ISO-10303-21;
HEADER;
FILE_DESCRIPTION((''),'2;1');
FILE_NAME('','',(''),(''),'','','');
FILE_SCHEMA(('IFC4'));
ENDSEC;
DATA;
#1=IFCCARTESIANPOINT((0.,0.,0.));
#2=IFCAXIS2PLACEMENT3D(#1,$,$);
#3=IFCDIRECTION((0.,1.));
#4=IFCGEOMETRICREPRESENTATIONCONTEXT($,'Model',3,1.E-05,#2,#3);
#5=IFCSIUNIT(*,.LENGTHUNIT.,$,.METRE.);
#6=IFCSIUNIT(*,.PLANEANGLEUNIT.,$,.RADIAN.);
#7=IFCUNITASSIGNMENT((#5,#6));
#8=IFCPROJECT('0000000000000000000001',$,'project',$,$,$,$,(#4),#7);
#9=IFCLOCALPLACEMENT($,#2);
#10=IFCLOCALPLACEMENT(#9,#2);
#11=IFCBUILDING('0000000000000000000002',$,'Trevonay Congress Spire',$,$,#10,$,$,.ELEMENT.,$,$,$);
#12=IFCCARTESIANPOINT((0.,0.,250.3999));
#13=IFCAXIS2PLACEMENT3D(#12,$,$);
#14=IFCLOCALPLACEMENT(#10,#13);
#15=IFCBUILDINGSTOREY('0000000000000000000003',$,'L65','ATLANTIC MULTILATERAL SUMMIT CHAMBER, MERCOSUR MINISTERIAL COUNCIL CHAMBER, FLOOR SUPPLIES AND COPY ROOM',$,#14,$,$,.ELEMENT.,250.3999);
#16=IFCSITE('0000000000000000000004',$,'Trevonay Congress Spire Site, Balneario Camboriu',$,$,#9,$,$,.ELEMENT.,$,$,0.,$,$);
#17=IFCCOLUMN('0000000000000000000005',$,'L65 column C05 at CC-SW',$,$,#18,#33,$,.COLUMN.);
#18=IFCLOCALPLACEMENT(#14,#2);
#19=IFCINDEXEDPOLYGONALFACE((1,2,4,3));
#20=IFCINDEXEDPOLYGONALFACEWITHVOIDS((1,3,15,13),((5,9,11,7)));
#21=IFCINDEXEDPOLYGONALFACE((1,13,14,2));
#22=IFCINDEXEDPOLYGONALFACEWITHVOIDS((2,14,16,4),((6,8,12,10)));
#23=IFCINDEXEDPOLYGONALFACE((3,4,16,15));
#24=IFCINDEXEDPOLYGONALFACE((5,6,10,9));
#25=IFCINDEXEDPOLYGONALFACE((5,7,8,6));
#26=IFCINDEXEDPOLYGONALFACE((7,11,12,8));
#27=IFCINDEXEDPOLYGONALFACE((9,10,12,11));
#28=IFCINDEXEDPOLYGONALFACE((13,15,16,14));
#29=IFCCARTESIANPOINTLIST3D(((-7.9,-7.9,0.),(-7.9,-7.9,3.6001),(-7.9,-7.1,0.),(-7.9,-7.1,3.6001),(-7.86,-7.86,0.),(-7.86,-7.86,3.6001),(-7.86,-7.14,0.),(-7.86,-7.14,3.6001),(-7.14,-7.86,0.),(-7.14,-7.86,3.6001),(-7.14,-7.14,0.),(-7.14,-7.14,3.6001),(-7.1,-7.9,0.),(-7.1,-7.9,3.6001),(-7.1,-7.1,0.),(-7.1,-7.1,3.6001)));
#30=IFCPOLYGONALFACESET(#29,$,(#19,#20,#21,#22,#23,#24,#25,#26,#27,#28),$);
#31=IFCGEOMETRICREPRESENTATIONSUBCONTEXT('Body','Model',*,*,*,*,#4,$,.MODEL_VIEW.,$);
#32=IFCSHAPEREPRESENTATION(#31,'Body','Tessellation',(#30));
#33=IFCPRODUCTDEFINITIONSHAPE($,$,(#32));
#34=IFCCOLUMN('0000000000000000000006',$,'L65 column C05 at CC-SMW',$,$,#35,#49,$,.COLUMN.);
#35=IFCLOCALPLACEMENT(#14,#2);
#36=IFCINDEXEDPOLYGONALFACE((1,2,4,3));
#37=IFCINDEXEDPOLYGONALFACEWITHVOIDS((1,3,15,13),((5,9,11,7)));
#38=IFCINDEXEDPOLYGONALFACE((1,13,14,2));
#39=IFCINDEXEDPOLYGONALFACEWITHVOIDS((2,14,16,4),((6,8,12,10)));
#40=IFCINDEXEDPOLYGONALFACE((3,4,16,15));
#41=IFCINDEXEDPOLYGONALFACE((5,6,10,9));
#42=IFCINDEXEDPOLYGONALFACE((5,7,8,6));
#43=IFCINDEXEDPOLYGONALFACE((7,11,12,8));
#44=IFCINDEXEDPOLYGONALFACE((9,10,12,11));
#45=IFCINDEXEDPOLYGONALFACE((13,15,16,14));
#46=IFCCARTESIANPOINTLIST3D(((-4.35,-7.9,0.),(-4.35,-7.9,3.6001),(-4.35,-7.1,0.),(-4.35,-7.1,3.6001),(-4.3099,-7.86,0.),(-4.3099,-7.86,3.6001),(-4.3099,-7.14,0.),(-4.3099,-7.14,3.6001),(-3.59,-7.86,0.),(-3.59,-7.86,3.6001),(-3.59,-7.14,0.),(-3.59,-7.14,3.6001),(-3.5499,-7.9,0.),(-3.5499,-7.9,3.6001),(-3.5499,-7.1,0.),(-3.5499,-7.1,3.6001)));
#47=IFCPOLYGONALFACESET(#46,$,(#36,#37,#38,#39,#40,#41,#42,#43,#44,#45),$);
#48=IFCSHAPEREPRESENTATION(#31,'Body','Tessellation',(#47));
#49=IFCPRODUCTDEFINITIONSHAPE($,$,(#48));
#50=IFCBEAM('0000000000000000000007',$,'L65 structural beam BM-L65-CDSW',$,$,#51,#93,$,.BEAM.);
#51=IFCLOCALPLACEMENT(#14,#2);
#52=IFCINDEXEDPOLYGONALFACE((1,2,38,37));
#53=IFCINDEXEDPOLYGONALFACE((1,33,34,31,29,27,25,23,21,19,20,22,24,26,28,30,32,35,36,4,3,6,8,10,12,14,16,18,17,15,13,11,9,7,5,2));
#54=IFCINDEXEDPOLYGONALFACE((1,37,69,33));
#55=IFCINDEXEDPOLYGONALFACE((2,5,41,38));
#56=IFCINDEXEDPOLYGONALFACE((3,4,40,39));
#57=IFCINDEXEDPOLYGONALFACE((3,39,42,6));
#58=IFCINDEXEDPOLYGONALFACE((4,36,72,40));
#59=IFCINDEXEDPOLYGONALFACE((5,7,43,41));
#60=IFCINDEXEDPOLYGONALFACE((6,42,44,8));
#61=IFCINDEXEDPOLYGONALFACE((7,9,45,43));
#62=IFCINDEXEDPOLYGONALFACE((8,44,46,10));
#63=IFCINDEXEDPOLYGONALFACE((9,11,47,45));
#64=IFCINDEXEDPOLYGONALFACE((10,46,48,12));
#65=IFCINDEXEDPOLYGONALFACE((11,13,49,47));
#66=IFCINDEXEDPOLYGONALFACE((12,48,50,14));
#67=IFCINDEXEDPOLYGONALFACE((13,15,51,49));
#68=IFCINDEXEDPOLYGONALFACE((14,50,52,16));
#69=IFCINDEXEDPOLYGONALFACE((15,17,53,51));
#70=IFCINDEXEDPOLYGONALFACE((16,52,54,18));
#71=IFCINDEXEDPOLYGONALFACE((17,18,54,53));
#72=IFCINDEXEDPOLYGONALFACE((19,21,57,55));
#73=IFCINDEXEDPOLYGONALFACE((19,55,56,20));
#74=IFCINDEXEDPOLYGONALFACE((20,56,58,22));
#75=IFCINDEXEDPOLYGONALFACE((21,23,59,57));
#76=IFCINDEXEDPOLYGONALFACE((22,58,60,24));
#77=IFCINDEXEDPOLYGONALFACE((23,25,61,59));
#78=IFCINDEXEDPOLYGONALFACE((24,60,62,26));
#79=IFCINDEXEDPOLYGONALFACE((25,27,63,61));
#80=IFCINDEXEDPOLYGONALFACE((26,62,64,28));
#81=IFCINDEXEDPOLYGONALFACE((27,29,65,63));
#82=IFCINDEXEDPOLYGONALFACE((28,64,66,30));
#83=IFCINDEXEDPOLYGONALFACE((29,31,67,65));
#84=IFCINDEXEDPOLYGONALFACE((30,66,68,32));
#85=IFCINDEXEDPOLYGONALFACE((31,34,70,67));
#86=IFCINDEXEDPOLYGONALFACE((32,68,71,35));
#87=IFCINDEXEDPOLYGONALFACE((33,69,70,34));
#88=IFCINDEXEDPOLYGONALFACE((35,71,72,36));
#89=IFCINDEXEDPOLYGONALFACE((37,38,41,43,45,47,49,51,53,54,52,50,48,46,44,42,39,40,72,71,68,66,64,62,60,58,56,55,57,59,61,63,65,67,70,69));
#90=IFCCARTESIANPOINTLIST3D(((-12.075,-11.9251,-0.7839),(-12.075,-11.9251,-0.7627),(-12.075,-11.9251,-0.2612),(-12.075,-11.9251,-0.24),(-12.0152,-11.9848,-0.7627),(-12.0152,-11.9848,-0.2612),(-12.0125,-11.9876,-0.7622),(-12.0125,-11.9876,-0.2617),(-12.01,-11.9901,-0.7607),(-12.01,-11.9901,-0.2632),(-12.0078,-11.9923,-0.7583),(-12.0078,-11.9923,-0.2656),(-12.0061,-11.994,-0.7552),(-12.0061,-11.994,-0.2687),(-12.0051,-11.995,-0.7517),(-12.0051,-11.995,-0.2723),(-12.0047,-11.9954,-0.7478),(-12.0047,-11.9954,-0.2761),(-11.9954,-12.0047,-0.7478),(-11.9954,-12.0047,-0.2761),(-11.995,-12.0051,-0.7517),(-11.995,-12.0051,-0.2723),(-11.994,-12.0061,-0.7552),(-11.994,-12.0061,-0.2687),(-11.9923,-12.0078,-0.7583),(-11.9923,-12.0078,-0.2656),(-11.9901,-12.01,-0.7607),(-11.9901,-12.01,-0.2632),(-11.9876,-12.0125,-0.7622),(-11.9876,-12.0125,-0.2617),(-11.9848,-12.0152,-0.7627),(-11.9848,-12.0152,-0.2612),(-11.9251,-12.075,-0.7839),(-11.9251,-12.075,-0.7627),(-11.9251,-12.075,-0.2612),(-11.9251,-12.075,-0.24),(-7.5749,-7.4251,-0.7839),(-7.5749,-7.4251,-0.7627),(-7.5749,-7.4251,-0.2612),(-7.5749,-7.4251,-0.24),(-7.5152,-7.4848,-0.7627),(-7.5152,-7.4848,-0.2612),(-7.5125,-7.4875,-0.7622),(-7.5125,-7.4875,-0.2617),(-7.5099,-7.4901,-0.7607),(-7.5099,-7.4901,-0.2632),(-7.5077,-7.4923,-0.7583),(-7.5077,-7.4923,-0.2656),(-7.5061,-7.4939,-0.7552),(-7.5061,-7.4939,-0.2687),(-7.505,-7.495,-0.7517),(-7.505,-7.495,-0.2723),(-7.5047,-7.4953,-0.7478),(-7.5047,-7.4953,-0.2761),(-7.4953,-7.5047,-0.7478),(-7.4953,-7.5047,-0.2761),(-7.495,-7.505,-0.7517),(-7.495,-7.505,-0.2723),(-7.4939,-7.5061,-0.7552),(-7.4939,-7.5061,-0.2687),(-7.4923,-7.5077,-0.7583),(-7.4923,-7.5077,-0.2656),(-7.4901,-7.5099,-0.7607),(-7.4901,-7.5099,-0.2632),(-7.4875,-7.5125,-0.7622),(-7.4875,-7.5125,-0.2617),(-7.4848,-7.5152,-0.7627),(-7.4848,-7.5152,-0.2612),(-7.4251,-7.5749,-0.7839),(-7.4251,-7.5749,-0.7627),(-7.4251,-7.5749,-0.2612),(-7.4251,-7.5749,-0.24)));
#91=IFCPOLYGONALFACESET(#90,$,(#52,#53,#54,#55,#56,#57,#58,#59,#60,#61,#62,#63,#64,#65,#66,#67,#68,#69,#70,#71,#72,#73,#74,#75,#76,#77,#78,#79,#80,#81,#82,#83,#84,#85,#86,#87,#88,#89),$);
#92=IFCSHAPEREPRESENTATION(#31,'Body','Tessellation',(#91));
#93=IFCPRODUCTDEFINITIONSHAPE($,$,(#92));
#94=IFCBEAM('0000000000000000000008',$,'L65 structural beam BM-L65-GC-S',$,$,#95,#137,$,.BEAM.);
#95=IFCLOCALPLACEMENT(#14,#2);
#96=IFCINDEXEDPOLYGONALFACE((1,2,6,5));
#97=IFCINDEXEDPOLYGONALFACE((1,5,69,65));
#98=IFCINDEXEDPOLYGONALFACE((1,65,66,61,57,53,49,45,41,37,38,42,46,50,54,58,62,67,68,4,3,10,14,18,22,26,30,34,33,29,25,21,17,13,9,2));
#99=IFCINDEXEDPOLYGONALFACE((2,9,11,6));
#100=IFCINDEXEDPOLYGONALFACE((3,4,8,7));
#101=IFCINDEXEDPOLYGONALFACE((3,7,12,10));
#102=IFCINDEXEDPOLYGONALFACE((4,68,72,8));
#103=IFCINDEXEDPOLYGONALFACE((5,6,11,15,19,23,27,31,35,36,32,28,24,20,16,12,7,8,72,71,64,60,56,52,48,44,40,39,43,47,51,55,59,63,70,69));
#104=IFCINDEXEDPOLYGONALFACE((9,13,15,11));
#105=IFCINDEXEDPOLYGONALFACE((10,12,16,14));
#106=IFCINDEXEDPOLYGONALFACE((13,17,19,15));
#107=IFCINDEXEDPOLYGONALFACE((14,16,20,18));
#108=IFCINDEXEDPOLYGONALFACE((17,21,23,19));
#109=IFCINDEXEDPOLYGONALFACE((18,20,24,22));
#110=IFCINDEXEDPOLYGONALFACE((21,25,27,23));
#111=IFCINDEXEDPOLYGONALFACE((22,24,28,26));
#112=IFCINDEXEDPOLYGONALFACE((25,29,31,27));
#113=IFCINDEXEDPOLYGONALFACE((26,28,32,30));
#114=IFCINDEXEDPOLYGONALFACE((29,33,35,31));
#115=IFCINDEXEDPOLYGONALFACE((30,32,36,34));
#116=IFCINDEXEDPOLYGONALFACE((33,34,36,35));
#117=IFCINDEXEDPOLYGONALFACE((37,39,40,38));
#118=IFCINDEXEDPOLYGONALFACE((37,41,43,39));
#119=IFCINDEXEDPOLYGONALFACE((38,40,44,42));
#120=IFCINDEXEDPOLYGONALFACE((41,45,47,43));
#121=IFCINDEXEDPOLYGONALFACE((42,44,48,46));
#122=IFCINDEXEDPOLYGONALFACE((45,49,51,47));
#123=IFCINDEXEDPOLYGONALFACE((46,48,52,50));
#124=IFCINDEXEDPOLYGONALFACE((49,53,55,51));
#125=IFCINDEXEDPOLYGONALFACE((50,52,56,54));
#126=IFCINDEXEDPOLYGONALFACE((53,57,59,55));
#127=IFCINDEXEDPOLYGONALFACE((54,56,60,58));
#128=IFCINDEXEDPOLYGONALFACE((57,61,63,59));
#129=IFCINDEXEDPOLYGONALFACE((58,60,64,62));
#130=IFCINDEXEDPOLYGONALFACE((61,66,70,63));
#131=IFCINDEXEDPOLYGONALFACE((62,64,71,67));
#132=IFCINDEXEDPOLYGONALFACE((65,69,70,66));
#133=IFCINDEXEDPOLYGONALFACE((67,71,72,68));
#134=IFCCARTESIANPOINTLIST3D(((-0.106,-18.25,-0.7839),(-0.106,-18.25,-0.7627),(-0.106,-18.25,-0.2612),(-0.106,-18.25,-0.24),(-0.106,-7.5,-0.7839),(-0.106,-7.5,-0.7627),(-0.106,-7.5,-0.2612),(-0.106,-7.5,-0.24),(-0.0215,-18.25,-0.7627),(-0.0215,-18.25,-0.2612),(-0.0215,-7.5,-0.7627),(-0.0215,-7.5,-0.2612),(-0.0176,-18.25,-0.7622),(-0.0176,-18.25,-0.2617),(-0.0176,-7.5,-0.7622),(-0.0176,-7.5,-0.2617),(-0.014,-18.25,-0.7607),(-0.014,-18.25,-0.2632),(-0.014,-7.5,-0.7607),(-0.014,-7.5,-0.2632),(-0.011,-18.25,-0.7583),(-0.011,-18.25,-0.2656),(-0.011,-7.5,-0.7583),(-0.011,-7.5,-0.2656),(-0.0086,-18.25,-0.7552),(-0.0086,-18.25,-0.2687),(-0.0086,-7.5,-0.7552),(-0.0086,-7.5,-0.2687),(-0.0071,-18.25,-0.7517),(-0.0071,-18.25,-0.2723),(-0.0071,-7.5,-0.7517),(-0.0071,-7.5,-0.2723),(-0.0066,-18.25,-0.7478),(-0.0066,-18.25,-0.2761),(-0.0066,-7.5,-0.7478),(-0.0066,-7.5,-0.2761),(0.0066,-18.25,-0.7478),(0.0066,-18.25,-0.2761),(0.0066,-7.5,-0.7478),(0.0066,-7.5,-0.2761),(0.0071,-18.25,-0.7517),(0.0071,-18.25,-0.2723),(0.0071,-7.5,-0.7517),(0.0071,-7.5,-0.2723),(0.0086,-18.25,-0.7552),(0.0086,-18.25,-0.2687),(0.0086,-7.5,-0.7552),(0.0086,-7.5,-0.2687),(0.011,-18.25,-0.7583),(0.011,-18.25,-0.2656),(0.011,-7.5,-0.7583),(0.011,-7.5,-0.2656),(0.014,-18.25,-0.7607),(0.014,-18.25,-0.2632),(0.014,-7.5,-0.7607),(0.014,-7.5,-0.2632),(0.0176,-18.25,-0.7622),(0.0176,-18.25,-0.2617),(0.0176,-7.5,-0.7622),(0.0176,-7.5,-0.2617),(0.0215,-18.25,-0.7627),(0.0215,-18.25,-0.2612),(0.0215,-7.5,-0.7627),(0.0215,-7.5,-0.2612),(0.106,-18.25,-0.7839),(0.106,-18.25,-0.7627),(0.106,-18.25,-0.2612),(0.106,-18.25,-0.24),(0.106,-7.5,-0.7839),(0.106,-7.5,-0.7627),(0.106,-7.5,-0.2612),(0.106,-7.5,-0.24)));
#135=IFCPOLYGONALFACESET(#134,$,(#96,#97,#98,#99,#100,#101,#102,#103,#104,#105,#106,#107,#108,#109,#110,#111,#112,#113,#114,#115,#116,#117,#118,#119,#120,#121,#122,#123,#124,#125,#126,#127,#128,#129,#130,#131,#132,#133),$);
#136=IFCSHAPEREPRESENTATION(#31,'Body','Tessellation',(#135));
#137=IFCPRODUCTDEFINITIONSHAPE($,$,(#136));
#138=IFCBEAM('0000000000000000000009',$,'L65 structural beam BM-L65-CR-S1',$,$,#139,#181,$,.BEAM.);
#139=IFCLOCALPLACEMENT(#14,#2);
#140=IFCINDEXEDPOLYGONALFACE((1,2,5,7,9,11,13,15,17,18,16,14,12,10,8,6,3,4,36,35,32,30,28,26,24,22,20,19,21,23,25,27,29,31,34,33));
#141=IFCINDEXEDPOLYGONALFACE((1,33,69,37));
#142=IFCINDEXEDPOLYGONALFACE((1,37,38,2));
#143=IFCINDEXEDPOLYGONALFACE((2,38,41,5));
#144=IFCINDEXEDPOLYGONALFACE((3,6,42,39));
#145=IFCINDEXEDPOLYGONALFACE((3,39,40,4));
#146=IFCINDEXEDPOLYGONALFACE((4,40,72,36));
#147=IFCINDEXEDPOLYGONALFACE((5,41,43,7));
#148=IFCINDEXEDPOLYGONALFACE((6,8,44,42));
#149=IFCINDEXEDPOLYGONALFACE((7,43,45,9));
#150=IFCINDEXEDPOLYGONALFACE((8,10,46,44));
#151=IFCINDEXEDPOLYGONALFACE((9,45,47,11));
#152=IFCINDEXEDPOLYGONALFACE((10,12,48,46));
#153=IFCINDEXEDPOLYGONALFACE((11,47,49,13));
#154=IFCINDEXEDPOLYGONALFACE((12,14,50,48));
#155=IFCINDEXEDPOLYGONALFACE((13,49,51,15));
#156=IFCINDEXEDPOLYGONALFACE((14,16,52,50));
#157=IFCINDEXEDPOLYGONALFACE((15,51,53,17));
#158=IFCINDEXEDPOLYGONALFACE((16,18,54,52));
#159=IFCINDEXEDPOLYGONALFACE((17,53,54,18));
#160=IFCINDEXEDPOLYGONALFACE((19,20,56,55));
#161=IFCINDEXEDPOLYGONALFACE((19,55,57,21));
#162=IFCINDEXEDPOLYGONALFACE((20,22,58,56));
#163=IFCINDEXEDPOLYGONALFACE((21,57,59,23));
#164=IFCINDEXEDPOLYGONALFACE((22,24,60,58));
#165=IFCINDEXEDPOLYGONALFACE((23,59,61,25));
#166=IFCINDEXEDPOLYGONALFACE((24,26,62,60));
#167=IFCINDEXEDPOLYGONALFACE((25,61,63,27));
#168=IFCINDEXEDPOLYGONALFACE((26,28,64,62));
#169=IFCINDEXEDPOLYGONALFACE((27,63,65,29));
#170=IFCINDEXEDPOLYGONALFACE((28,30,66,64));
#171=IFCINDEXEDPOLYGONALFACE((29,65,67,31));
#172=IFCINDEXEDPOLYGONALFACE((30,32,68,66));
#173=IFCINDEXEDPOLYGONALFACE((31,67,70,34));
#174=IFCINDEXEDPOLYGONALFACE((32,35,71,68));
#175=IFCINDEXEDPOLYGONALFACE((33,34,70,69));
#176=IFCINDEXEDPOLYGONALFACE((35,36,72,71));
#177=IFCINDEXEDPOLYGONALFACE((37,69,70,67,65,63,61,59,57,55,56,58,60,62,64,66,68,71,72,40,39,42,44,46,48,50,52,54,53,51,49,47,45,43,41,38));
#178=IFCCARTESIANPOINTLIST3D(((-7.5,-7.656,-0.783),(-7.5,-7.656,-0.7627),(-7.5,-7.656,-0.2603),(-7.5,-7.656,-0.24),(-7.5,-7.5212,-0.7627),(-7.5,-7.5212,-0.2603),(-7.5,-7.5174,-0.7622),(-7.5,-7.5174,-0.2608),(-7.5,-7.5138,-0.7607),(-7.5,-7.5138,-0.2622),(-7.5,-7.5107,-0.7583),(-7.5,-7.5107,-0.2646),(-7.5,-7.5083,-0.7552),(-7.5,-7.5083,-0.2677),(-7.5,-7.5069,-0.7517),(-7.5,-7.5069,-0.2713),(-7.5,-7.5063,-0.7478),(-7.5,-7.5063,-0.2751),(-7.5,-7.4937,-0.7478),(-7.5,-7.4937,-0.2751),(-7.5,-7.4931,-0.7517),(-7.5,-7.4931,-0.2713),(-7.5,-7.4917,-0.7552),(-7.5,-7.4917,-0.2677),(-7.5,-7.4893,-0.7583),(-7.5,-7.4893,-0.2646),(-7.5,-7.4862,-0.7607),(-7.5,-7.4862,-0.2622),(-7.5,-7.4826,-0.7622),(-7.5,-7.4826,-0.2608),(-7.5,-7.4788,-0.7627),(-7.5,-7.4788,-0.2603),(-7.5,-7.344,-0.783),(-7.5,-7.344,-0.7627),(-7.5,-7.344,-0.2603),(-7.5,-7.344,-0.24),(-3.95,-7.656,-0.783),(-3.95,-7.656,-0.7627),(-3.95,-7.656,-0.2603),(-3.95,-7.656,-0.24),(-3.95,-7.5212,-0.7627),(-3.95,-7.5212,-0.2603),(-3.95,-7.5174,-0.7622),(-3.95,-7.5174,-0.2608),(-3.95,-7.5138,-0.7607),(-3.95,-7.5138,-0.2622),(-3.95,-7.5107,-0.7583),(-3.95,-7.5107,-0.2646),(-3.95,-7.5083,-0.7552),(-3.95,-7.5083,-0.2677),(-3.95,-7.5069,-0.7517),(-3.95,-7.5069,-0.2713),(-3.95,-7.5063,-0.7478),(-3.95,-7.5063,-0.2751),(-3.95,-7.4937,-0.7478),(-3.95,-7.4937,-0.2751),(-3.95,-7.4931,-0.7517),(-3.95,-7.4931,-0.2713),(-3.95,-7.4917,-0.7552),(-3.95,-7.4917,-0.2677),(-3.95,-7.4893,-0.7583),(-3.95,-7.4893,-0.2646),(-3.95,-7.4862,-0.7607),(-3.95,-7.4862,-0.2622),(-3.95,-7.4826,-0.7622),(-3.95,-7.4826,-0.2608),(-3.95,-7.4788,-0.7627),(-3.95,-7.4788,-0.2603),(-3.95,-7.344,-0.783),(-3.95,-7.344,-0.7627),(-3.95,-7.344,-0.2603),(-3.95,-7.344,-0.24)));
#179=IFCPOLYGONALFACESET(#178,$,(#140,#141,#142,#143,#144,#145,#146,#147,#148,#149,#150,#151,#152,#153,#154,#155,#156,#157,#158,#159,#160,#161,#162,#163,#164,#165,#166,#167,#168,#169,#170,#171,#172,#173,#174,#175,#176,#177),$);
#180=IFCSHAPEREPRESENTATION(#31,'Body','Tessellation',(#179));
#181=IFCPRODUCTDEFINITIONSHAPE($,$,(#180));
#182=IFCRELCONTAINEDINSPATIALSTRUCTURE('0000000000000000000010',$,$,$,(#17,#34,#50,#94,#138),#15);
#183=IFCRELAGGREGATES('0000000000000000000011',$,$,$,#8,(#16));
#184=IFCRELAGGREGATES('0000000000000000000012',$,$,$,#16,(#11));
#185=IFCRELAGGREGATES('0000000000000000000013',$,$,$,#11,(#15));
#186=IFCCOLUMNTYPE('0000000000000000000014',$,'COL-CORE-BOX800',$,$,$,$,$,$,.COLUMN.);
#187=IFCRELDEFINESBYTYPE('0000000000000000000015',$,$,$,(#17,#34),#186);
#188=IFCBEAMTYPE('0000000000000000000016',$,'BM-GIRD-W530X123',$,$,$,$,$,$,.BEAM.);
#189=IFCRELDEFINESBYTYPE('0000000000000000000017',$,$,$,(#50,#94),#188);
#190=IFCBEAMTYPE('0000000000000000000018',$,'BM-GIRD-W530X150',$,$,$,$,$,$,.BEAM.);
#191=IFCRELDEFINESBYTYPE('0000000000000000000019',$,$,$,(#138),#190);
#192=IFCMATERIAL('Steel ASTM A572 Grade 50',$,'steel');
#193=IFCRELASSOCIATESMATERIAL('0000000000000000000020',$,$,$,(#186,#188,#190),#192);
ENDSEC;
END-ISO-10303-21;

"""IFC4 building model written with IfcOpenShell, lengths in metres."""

from ifc_helpers import new_model, si_unit, direction, frame, origin, origin_2d, place, context, subcontext, project, spatial, hollow_rectangle, i_section, extrude, material, material_profile, profile_set, type_object, element, save


model = new_model("IFC4")

# Units and contexts
model_context = context("Model", 3, precision=1e-05, world=origin(), true_north=direction((0.0, 1.0)))
body_context = subcontext(model_context, "Body", "Model", "MODEL_VIEW")
ifc_project = project(units=[si_unit("LENGTHUNIT", "METRE"), si_unit("PLANEANGLEUNIT", "RADIAN")], contexts=[model_context])

# Site, building, storey
site_placement = place(None, origin())
site = spatial("IfcSite", under=ifc_project, at=site_placement, Name="Trevonay Congress Spire Site, Balneario Camboriu", CompositionType="ELEMENT", RefElevation=0.0)
building_placement = place(site_placement, origin())
building = spatial("IfcBuilding", under=site, at=building_placement, Name="Trevonay Congress Spire", CompositionType="ELEMENT")
storey_placement = place(building_placement, frame((0.0, 0.0, 250.3999)))
storey = spatial("IfcBuildingStorey", under=building, at=storey_placement, Name="L65", Description="ATLANTIC MULTILATERAL SUMMIT CHAMBER, MERCOSUR MINISTERIAL COUNCIL CHAMBER, FLOOR SUPPLIES AND COPY ROOM", CompositionType="ELEMENT", Elevation=250.3999)

# Columns
ifc_material_1 = material(Name="Steel ASTM A572 Grade 50", Category="steel")
ifc_material_profile_1 = material_profile(ifc_material_1, hollow_rectangle(XDim=0.8, YDim=0.8, WallThickness=0.04, at=origin_2d()), Name="BOX 800x800x40")
ifc_profile_set_1 = profile_set([ifc_material_profile_1], Name="Steel ASTM A572 Grade 50")
column_type = type_object("IfcColumnType", Name="COL-CORE-BOX800", PredefinedType="COLUMN", material=ifc_profile_set_1)
for number, where, z_axis, x_axis, name in (
    (1, (-7.5, -7.5, 0.0), (0.0, 0.0, 1.0), (1.0, 0.0, 0.0), "L65 column C05 at CC-SW"),
    (2, (-3.95, -7.5, 0.0), (0.0, 0.0, 1.0), (1.0, 0.0, 0.0), "L65 column C05 at CC-SMW"),
):
    element("IfcColumn", number, at=place(storey_placement, frame(where, z_axis=z_axis, x_axis=x_axis)), inside=storey, type_object=column_type, Name=name, PredefinedType="COLUMN", context=body_context, shape_type="SweptSolid", body=[
        extrude(hollow_rectangle(XDim=0.8, YDim=0.8, WallThickness=0.04, at=origin_2d()), origin(), (0.0, 0.0, 1.0), 3.6001),
    ])

# Beams
ifc_material_profile_2 = material_profile(ifc_material_1, i_section(OverallWidth=0.2119, OverallDepth=0.5439, WebThickness=0.0132, FlangeThickness=0.0212, FilletRadius=0.0149, at=origin_2d()), Name="W530x123")
ifc_profile_set_2 = profile_set([ifc_material_profile_2], Name="Steel ASTM A572 Grade 50")
beam_type_1 = type_object("IfcBeamType", Name="BM-GIRD-W530X123", PredefinedType="BEAM", material=ifc_profile_set_2)
beam_1_placement = place(storey_placement, frame((-7.5, -7.5, -0.512), z_axis=(-0.707107, -0.707107, 0.0), x_axis=(0.707107, -0.707107, 0.0)))
element("IfcBeam", 3, at=beam_1_placement, inside=storey, type_object=beam_type_1, Name="L65 structural beam BM-L65-CDSW", PredefinedType="BEAM", context=body_context, shape_type="SweptSolid", body=[
    extrude(i_section(OverallWidth=0.2119, OverallDepth=0.5439, WebThickness=0.0132, FlangeThickness=0.0212, FilletRadius=0.0149, at=origin_2d()), origin(), (0.0, 0.0, 1.0), 6.364),
])
beam_2_placement = place(storey_placement, frame((0.0, -7.5, -0.512), z_axis=(0.0, -1.0, 0.0), x_axis=(1.0, 0.0, 0.0)))
element("IfcBeam", 4, at=beam_2_placement, inside=storey, type_object=beam_type_1, Name="L65 structural beam BM-L65-GC-S", PredefinedType="BEAM", context=body_context, shape_type="SweptSolid", body=[
    extrude(i_section(OverallWidth=0.2119, OverallDepth=0.5439, WebThickness=0.0132, FlangeThickness=0.0212, FilletRadius=0.0149, at=origin_2d()), origin(), (0.0, 0.0, 1.0), 10.75),
])
ifc_material_profile_3 = material_profile(ifc_material_1, i_section(OverallWidth=0.312, OverallDepth=0.543, WebThickness=0.0127, FlangeThickness=0.0203, FilletRadius=0.0149, at=origin_2d()), Name="W530x150")
ifc_profile_set_3 = profile_set([ifc_material_profile_3], Name="Steel ASTM A572 Grade 50")
beam_type_2 = type_object("IfcBeamType", Name="BM-GIRD-W530X150", PredefinedType="BEAM", material=ifc_profile_set_3)
beam_3_placement = place(storey_placement, frame((-7.5, -7.5, -0.5115), z_axis=(1.0, 0.0, 0.0), x_axis=(0.0, 1.0, 0.0)))
element("IfcBeam", 5, at=beam_3_placement, inside=storey, type_object=beam_type_2, Name="L65 structural beam BM-L65-CR-S1", PredefinedType="BEAM", context=body_context, shape_type="SweptSolid", body=[
    extrude(i_section(OverallWidth=0.312, OverallDepth=0.543, WebThickness=0.0127, FlangeThickness=0.0203, FilletRadius=0.0149, at=origin_2d()), origin(), (0.0, 0.0, 1.0), 3.55),
])

save(model, "model.ifc")
